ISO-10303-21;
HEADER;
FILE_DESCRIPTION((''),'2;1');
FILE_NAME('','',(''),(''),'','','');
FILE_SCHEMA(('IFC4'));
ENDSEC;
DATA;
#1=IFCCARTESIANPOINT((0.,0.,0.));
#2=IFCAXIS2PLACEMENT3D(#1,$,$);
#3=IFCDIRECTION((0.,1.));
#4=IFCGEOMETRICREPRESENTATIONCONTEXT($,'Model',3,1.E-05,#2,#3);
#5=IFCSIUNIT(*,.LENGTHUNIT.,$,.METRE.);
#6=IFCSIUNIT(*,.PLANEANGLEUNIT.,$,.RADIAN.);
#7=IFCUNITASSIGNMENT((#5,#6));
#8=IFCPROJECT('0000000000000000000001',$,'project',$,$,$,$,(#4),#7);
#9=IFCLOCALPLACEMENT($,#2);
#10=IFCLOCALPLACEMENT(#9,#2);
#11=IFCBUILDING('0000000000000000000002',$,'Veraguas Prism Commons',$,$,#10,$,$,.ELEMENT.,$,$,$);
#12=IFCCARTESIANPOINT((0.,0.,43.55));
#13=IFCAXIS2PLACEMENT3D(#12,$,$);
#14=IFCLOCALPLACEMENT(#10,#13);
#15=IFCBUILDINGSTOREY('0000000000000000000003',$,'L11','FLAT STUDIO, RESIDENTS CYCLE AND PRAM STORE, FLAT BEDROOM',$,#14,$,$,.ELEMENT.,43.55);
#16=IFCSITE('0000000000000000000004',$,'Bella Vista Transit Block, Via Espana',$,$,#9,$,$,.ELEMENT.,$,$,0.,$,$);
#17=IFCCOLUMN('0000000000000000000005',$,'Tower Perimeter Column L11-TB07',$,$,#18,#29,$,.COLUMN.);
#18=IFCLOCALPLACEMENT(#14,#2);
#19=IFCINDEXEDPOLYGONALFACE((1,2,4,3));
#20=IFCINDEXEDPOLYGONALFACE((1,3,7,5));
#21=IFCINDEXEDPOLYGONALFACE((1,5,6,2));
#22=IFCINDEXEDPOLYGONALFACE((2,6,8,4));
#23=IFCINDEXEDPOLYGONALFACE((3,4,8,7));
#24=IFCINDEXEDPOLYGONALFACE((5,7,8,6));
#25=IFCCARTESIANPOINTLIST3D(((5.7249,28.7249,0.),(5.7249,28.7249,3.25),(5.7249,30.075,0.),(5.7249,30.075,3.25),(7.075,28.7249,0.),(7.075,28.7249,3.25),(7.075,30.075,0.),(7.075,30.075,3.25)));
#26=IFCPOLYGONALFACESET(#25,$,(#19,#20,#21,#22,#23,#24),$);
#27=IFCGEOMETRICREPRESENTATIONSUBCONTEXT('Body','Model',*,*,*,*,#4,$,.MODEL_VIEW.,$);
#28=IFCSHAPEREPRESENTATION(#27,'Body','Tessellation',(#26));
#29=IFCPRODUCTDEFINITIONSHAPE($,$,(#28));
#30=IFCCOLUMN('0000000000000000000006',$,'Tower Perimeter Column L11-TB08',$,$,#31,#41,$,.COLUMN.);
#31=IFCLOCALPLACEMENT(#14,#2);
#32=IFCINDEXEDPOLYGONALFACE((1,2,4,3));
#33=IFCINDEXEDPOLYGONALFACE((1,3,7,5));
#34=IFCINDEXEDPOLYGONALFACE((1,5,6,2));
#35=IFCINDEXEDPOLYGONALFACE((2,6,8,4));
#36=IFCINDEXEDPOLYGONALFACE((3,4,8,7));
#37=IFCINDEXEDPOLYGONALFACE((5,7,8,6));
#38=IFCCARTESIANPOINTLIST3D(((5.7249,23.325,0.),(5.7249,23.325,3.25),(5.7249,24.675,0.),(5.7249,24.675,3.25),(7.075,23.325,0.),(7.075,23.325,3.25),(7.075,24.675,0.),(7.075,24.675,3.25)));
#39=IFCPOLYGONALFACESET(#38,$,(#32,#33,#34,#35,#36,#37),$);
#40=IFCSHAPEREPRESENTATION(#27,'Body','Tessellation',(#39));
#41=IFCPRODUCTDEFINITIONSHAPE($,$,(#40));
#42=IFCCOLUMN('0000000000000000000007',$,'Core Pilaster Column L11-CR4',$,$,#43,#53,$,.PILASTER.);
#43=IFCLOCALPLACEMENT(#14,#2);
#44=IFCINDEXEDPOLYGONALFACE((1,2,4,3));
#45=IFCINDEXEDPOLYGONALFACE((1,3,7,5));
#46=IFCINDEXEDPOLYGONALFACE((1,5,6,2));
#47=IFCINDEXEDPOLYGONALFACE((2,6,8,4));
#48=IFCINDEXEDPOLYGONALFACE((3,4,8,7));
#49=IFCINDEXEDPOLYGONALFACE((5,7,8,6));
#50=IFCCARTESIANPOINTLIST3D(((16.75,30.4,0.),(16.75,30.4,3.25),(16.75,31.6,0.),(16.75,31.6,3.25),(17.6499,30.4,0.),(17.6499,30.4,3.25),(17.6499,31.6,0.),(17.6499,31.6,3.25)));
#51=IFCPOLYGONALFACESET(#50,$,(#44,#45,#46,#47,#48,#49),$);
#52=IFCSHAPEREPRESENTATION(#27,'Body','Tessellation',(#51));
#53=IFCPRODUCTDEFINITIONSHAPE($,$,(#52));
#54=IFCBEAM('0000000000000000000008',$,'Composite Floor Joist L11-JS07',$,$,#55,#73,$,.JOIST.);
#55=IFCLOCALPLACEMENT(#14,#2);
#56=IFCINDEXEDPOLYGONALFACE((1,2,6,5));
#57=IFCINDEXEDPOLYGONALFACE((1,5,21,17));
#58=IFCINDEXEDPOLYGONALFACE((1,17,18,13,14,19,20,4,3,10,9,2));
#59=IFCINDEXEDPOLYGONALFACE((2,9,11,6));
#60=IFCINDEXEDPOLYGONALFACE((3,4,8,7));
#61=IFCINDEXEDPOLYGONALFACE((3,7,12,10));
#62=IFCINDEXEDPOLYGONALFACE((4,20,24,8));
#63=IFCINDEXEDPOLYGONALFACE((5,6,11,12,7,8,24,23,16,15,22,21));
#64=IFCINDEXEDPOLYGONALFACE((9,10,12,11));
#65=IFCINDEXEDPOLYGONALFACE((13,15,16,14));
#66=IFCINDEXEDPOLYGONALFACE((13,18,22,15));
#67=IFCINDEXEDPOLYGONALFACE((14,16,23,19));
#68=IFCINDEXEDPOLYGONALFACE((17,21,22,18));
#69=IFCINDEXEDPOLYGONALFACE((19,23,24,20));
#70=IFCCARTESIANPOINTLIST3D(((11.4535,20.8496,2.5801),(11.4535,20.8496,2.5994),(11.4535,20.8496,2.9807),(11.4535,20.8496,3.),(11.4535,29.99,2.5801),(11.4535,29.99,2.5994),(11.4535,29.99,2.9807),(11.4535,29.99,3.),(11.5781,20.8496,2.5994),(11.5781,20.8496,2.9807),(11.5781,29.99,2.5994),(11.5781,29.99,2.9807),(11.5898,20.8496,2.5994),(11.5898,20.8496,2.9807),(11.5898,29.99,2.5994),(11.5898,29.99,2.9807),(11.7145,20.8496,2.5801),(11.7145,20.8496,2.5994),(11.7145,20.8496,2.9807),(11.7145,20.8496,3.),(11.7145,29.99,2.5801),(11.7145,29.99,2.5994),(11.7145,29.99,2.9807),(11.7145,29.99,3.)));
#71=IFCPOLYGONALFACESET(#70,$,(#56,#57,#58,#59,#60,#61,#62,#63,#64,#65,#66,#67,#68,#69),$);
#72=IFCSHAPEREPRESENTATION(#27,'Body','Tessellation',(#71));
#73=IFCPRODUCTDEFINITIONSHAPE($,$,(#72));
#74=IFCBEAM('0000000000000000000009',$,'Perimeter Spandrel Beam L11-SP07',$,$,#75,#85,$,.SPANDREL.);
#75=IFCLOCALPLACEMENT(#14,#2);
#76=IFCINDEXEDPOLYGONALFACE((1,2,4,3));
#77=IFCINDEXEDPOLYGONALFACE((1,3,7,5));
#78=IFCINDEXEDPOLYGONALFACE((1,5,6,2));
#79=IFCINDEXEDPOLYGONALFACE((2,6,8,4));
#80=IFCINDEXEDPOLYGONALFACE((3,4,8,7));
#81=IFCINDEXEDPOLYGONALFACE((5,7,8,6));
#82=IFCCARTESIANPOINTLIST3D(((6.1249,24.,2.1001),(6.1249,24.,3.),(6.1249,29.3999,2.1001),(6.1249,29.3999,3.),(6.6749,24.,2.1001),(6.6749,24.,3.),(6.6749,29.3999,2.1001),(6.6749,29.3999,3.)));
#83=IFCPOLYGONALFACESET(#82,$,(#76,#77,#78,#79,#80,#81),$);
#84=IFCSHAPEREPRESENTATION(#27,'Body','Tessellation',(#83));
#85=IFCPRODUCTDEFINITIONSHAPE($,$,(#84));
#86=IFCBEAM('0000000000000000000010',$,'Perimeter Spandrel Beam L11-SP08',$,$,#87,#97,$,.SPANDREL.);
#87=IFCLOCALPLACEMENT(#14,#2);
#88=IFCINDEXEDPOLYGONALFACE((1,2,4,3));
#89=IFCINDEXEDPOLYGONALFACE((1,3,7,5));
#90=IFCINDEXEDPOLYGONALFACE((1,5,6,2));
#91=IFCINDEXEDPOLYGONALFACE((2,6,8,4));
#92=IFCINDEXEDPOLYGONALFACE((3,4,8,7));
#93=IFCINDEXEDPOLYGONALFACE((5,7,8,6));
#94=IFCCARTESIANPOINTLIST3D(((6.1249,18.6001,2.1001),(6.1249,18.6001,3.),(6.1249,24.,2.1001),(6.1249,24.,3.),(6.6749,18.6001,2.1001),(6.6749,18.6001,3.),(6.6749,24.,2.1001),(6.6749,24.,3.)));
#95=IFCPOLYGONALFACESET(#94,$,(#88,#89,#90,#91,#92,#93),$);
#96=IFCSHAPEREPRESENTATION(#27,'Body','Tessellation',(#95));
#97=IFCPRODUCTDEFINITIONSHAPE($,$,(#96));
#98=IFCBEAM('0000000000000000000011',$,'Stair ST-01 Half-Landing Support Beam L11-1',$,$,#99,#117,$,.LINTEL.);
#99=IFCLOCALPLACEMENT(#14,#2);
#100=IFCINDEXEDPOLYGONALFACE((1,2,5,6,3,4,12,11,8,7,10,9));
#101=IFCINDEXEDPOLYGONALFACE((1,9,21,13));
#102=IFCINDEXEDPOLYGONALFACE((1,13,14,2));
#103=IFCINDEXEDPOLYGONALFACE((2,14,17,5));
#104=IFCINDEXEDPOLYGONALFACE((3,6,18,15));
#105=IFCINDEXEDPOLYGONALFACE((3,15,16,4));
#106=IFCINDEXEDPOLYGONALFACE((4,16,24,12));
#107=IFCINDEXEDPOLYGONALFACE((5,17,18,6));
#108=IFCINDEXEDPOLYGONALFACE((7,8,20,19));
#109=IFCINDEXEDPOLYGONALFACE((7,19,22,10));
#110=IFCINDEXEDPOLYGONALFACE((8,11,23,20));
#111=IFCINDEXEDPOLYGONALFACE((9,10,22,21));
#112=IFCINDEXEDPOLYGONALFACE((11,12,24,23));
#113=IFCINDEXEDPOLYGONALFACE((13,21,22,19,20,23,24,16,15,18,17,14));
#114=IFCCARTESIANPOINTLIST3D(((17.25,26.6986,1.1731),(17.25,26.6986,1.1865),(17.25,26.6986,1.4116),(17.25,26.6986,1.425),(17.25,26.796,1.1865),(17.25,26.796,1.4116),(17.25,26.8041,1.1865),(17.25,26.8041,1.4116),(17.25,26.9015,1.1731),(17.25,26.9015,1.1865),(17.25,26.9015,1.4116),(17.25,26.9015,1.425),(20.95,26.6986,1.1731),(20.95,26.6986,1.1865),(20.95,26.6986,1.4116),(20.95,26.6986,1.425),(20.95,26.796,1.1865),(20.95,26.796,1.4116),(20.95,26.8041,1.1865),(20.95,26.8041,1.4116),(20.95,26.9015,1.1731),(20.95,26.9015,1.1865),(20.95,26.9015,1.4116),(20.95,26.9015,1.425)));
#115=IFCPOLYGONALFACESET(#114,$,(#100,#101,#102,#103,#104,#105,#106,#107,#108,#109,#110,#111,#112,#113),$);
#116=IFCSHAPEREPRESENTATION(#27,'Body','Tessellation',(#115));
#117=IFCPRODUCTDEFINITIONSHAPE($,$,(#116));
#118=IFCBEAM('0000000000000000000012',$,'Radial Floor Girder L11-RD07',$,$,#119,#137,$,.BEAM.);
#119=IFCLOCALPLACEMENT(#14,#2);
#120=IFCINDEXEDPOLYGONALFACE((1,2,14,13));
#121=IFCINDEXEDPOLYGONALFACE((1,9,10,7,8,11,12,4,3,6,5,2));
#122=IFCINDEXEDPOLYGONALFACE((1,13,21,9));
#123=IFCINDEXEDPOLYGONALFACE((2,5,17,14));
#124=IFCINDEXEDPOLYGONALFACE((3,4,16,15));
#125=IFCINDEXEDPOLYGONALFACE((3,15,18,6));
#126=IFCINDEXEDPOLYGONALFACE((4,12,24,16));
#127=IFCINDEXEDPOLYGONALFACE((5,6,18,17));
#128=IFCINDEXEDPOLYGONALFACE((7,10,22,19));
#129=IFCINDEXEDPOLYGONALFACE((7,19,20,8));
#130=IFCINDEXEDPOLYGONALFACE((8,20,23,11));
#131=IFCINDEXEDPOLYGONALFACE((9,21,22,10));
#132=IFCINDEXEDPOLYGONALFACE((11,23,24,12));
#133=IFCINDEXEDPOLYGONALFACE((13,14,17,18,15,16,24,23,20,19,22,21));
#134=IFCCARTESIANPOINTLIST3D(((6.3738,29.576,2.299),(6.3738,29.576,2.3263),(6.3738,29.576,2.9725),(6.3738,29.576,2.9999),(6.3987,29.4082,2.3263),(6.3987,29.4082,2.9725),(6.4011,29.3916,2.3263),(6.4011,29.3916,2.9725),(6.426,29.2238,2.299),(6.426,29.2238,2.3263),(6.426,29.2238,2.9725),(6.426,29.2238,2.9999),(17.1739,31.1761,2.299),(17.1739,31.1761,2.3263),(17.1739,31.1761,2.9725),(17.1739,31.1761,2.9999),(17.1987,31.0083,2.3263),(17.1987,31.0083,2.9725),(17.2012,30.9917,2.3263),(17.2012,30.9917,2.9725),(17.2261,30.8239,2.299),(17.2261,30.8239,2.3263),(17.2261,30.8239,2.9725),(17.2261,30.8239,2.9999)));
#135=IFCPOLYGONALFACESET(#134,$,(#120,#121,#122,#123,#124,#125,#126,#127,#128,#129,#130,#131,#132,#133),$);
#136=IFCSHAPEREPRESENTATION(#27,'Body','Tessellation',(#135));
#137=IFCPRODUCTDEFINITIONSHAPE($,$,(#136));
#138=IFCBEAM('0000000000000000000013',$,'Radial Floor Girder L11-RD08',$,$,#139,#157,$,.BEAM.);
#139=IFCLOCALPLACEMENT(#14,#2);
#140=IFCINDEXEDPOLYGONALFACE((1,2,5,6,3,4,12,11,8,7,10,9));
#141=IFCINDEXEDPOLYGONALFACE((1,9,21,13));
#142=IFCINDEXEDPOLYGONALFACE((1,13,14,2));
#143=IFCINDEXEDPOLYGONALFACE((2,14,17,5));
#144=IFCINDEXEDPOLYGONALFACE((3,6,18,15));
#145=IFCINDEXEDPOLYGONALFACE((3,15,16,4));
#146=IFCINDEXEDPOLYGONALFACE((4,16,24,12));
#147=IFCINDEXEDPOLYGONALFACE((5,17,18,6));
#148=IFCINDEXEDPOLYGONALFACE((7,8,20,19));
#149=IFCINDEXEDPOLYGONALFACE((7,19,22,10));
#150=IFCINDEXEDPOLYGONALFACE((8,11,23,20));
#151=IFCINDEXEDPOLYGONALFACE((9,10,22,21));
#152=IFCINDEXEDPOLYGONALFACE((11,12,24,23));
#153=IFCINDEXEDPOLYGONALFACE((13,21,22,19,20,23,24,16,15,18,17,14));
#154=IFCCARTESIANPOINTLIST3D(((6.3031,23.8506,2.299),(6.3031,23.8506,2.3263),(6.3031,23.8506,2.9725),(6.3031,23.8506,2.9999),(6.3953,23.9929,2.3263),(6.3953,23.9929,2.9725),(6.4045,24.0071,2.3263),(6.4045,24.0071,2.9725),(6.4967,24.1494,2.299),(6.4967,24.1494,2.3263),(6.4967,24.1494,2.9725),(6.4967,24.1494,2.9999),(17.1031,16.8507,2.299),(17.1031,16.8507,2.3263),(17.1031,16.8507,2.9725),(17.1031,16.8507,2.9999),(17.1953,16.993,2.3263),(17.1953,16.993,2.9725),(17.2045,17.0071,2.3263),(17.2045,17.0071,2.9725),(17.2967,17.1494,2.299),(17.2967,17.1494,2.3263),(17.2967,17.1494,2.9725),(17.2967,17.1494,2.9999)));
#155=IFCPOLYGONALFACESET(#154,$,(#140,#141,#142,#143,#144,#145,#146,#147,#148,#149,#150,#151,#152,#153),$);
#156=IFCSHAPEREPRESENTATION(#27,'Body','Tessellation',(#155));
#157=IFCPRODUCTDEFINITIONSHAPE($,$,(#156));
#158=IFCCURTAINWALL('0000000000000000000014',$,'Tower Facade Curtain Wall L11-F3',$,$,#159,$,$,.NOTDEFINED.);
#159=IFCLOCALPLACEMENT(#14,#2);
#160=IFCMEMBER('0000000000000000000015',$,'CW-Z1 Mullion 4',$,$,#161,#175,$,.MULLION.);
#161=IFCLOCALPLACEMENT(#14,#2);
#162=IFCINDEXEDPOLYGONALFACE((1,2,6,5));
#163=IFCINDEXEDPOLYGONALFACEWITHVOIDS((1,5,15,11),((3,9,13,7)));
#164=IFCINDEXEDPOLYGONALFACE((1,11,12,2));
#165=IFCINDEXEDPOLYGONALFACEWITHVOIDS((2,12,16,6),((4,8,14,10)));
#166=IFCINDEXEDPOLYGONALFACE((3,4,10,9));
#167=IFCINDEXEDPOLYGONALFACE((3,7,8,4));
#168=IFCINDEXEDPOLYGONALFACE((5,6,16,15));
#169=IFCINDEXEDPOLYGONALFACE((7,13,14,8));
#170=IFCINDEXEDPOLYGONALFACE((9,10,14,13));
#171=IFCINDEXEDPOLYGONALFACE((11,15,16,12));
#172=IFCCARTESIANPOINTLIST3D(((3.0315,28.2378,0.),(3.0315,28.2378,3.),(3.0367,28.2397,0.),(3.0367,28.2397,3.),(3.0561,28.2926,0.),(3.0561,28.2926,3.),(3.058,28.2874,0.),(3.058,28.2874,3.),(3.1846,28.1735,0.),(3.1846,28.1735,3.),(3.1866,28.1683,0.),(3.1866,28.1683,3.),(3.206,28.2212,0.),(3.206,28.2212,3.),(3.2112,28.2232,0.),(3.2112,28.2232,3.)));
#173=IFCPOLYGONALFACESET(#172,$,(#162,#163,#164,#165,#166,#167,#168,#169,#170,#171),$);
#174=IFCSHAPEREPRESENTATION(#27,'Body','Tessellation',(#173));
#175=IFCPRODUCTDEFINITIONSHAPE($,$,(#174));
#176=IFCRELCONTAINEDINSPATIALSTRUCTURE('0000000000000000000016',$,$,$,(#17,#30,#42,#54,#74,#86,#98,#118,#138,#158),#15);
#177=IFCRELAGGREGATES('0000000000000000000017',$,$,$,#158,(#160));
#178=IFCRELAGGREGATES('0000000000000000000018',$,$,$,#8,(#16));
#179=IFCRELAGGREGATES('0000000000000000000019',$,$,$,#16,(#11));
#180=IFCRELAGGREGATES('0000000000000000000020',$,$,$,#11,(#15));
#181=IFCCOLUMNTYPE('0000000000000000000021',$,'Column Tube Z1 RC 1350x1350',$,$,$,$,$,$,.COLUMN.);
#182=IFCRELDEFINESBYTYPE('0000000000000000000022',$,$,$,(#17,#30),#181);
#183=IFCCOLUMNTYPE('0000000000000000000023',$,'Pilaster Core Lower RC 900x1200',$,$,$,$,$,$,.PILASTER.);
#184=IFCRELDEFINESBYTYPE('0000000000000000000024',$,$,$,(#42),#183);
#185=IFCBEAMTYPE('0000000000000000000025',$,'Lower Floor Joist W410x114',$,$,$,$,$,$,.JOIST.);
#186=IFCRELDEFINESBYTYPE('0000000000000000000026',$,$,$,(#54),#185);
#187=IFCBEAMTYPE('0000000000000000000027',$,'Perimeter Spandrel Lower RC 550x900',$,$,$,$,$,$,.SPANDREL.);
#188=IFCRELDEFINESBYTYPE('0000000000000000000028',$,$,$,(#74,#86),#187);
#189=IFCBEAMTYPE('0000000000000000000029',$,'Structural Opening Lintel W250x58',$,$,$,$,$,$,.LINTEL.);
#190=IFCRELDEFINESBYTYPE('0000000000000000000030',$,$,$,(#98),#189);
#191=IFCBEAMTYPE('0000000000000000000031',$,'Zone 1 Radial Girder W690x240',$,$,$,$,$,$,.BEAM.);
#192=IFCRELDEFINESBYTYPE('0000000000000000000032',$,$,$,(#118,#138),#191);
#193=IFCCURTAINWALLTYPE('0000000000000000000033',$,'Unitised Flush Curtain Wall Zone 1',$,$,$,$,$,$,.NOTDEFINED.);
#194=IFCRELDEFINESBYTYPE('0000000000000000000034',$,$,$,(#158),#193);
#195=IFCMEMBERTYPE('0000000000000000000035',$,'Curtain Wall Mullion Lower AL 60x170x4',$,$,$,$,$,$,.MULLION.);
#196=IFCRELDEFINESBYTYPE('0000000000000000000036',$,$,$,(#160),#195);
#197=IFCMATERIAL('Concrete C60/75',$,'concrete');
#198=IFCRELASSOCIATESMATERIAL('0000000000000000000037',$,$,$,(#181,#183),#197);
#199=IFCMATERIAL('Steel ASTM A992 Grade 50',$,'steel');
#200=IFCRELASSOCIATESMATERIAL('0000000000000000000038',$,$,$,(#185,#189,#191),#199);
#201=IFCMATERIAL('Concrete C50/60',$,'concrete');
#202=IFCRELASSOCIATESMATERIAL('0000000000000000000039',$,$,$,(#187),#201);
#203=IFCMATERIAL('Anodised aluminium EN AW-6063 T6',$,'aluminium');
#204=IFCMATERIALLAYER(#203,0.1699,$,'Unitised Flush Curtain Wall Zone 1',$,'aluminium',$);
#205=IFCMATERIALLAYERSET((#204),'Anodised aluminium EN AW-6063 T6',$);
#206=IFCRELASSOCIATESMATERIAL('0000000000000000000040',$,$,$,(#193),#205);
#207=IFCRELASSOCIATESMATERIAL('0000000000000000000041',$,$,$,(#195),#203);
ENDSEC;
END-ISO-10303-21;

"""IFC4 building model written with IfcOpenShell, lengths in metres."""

from ifc_helpers import new_model, si_unit, direction, frame, origin, origin_2d, place, context, subcontext, project, spatial, rectangle, hollow_rectangle, i_section, extrude, source, transform, mapped, material, layer, layer_set, material_profile, profile_set, type_object, element, aggregate, save


model = new_model("IFC4")

# Units and contexts
model_context = context("Model", 3, precision=1e-05, world=origin(), true_north=direction((0.0, 1.0)))
body_context = subcontext(model_context, "Body", "Model", "MODEL_VIEW")
ifc_project = project(units=[si_unit("LENGTHUNIT", "METRE"), si_unit("PLANEANGLEUNIT", "RADIAN")], contexts=[model_context])

# Site, building, storey
site_placement = place(None, origin())
site = spatial("IfcSite", under=ifc_project, at=site_placement, Name="Bella Vista Transit Block, Via Espana", CompositionType="ELEMENT", RefElevation=0.0)
building_placement = place(site_placement, origin())
building = spatial("IfcBuilding", under=site, at=building_placement, Name="Veraguas Prism Commons", CompositionType="ELEMENT")
storey_placement = place(building_placement, frame((0.0, 0.0, 43.55)))
storey = spatial("IfcBuildingStorey", under=building, at=storey_placement, Name="L11", Description="FLAT STUDIO, RESIDENTS CYCLE AND PRAM STORE, FLAT BEDROOM", CompositionType="ELEMENT", Elevation=43.55)

# Columns
ifc_material_1 = material(Name="Concrete C60/75", Category="concrete")
ifc_material_profile_1 = material_profile(ifc_material_1, rectangle(XDim=1.3501, YDim=1.3501, at=origin_2d()), Name="RC1350X1350")
ifc_profile_set_1 = profile_set([ifc_material_profile_1], Name="Concrete C60/75")
column_type_1 = type_object("IfcColumnType", Name="Column Tube Z1 RC 1350x1350", PredefinedType="COLUMN", material=ifc_profile_set_1)
for number, where, z_axis, x_axis, name in (
    (1, (6.3999, 29.3999, 0.0), (0.0, 0.0, 1.0), (1.0, 0.0, 0.0), "Tower Perimeter Column L11-TB07"),
    (2, (6.3999, 24.0, 0.0), (0.0, 0.0, 1.0), (1.0, 0.0, 0.0), "Tower Perimeter Column L11-TB08"),
):
    element("IfcColumn", number, at=place(storey_placement, frame(where, z_axis=z_axis, x_axis=x_axis)), inside=storey, type_object=column_type_1, Name=name, PredefinedType="COLUMN", context=body_context, shape_type="SweptSolid", body=[
        extrude(rectangle(XDim=1.3501, YDim=1.3501, at=origin_2d()), origin(), (0.0, 0.0, 1.0), 3.25),
    ])
ifc_material_profile_2 = material_profile(ifc_material_1, rectangle(XDim=0.8999, YDim=1.2, at=origin_2d()), Name="RC900X1200")
ifc_profile_set_2 = profile_set([ifc_material_profile_2], Name="Concrete C60/75")
column_type_2 = type_object("IfcColumnType", Name="Pilaster Core Lower RC 900x1200", PredefinedType="PILASTER", material=ifc_profile_set_2)
column_placement = place(storey_placement, frame((17.2, 31.0, 0.0), z_axis=(0.0, 0.0, 1.0), x_axis=(1.0, 0.0, 0.0)))
element("IfcColumn", 3, at=column_placement, inside=storey, type_object=column_type_2, Name="Core Pilaster Column L11-CR4", PredefinedType="PILASTER", context=body_context, shape_type="SweptSolid", body=[
    extrude(rectangle(XDim=0.8999, YDim=1.2, at=origin_2d()), origin(), (0.0, 0.0, 1.0), 3.25),
])

# Beams
ifc_material_2 = material(Name="Steel ASTM A992 Grade 50", Category="steel")
ifc_material_profile_3 = material_profile(ifc_material_2, i_section(OverallWidth=0.261, OverallDepth=0.4199, WebThickness=0.0117, FlangeThickness=0.0193, at=origin_2d()), Name="W410X114")
ifc_profile_set_3 = profile_set([ifc_material_profile_3], Name="Steel ASTM A992 Grade 50")
beam_type_1 = type_object("IfcBeamType", Name="Lower Floor Joist W410x114", PredefinedType="JOIST", material=ifc_profile_set_3)
beam_1_placement = place(storey_placement, frame((11.584, 29.99, 2.79), z_axis=(0.0, -1.0, 0.0), x_axis=(1.0, 0.0, 0.0)))
element("IfcBeam", 4, at=beam_1_placement, inside=storey, type_object=beam_type_1, Name="Composite Floor Joist L11-JS07", PredefinedType="JOIST", context=body_context, shape_type="SweptSolid", body=[
    extrude(i_section(OverallWidth=0.261, OverallDepth=0.4199, WebThickness=0.0117, FlangeThickness=0.0193, at=origin_2d()), origin(), (0.0, 0.0, 1.0), 9.1404),
])
ifc_material_3 = material(Name="Concrete C50/60", Category="concrete")
ifc_material_profile_4 = material_profile(ifc_material_3, rectangle(XDim=0.55, YDim=0.8999, at=origin_2d()), Name="RC550X900")
ifc_profile_set_4 = profile_set([ifc_material_profile_4], Name="Concrete C50/60")
beam_type_2 = type_object("IfcBeamType", Name="Perimeter Spandrel Lower RC 550x900", PredefinedType="SPANDREL", material=ifc_profile_set_4)
for number, where, z_axis, x_axis, name in (
    (5, (6.3999, 29.3999, 2.55), (0.0, -1.0, 0.0), (1.0, 0.0, 0.0), "Perimeter Spandrel Beam L11-SP07"),
    (6, (6.3999, 24.0, 2.55), (0.0, -1.0, 0.0), (1.0, 0.0, 0.0), "Perimeter Spandrel Beam L11-SP08"),
):
    element("IfcBeam", number, at=place(storey_placement, frame(where, z_axis=z_axis, x_axis=x_axis)), inside=storey, type_object=beam_type_2, Name=name, PredefinedType="SPANDREL", context=body_context, shape_type="SweptSolid", body=[
        extrude(rectangle(XDim=0.55, YDim=0.8999, at=origin_2d()), origin(), (0.0, 0.0, 1.0), 5.3999),
    ])
ifc_material_profile_5 = material_profile(ifc_material_2, i_section(OverallWidth=0.2029, OverallDepth=0.252, WebThickness=0.0081, FlangeThickness=0.0134, at=origin_2d()), Name="W250X58")
ifc_profile_set_5 = profile_set([ifc_material_profile_5], Name="Steel ASTM A992 Grade 50")
beam_type_3 = type_object("IfcBeamType", Name="Structural Opening Lintel W250x58", PredefinedType="LINTEL", material=ifc_profile_set_5)
beam_2_placement = place(storey_placement, frame((17.25, 26.8, 1.2991), z_axis=(1.0, 0.0, 0.0), x_axis=(0.0, 1.0, 0.0)))
element("IfcBeam", 7, at=beam_2_placement, inside=storey, type_object=beam_type_3, Name="Stair ST-01 Half-Landing Support Beam L11-1", PredefinedType="LINTEL", context=body_context, shape_type="SweptSolid", body=[
    extrude(i_section(OverallWidth=0.2029, OverallDepth=0.252, WebThickness=0.0081, FlangeThickness=0.0134, at=origin_2d()), origin(), (0.0, 0.0, 1.0), 3.7),
])
ifc_material_profile_6 = material_profile(ifc_material_2, i_section(OverallWidth=0.356, OverallDepth=0.7009, WebThickness=0.0168, FlangeThickness=0.0273, at=origin_2d()), Name="W690X240")
ifc_profile_set_6 = profile_set([ifc_material_profile_6], Name="Steel ASTM A992 Grade 50")
beam_type_4 = type_object("IfcBeamType", Name="Zone 1 Radial Girder W690x240", PredefinedType="BEAM", material=ifc_profile_set_6)
beam_3_placement = place(storey_placement, frame((6.3999, 29.3999, 2.6494), z_axis=(0.989202, 0.146557, 0.0), x_axis=(-0.146557, 0.989202, 0.0)))
element("IfcBeam", 8, at=beam_3_placement, inside=storey, type_object=beam_type_4, Name="Radial Floor Girder L11-RD07", PredefinedType="BEAM", context=body_context, shape_type="SweptSolid", body=[
    extrude(i_section(OverallWidth=0.356, OverallDepth=0.7009, WebThickness=0.0168, FlangeThickness=0.0273, at=origin_2d()), origin(), (0.0, 0.0, 1.0), 10.918),
])
beam_4_placement = place(storey_placement, frame((6.3999, 24.0, 2.6494), z_axis=(0.839154, -0.543894, 0.0), x_axis=(0.543894, 0.839154, 0.0)))
element("IfcBeam", 9, at=beam_4_placement, inside=storey, type_object=beam_type_4, Name="Radial Floor Girder L11-RD08", PredefinedType="BEAM", context=body_context, shape_type="SweptSolid", body=[
    extrude(i_section(OverallWidth=0.356, OverallDepth=0.7009, WebThickness=0.0168, FlangeThickness=0.0273, at=origin_2d()), origin(), (0.0, 0.0, 1.0), 12.8701),
])

# Curtain wall, member
ifc_material_4 = material(Name="Anodised aluminium EN AW-6063 T6", Category="aluminium")
ifc_layer_1 = layer(ifc_material_4, 0.1699, Name="Unitised Flush Curtain Wall Zone 1", Category="aluminium")
ifc_layer_set_1 = layer_set([ifc_layer_1], Name="Anodised aluminium EN AW-6063 T6")
curtain_wall_type = type_object("IfcCurtainWallType", Name="Unitised Flush Curtain Wall Zone 1", PredefinedType="NOTDEFINED", material=ifc_layer_set_1)
curtain_wall_1_placement = place(storey_placement, origin())
curtain_wall_1 = element("IfcCurtainWall", 10, at=curtain_wall_1_placement, inside=storey, type_object=curtain_wall_type, Name="Tower Facade Curtain Wall L11-F3", PredefinedType="NOTDEFINED")
ifc_material_profile_7 = material_profile(ifc_material_4, hollow_rectangle(XDim=0.0601, YDim=0.1699, WallThickness=0.0039, at=origin_2d()), Name="AL60X170X4")
ifc_profile_set_7 = profile_set([ifc_material_profile_7], Name="Anodised aluminium EN AW-6063 T6")
member_type_1 = type_object("IfcMemberType", Name="Curtain Wall Mullion Lower AL 60x170x4", PredefinedType="MULLION", material=ifc_profile_set_7)
shared_shape_1 = source(origin(), body_context, "Body", "SweptSolid", [
    extrude(hollow_rectangle(XDim=0.0601, YDim=0.1699, WallThickness=0.0039, at=origin_2d()), origin(), (0.0, 0.0, 1.0), 3.0),
])
member_1_placement = place(storey_placement, frame((3.1213, 28.2305, 0.0), z_axis=(0.0, 0.0, 1.0), x_axis=(-0.408649, -0.912692, 0.0)))
member_1 = element("IfcMember", 11, at=member_1_placement, type_object=member_type_1, Name="CW-Z1 Mullion 4", PredefinedType="MULLION", context=body_context, shape_type="MappedRepresentation", body=[
    mapped(shared_shape_1, transform((0.0, 0.0, 0.0), scale=1.0)),
])

aggregate(curtain_wall_1, [member_1])

save(model, "model.ifc")
